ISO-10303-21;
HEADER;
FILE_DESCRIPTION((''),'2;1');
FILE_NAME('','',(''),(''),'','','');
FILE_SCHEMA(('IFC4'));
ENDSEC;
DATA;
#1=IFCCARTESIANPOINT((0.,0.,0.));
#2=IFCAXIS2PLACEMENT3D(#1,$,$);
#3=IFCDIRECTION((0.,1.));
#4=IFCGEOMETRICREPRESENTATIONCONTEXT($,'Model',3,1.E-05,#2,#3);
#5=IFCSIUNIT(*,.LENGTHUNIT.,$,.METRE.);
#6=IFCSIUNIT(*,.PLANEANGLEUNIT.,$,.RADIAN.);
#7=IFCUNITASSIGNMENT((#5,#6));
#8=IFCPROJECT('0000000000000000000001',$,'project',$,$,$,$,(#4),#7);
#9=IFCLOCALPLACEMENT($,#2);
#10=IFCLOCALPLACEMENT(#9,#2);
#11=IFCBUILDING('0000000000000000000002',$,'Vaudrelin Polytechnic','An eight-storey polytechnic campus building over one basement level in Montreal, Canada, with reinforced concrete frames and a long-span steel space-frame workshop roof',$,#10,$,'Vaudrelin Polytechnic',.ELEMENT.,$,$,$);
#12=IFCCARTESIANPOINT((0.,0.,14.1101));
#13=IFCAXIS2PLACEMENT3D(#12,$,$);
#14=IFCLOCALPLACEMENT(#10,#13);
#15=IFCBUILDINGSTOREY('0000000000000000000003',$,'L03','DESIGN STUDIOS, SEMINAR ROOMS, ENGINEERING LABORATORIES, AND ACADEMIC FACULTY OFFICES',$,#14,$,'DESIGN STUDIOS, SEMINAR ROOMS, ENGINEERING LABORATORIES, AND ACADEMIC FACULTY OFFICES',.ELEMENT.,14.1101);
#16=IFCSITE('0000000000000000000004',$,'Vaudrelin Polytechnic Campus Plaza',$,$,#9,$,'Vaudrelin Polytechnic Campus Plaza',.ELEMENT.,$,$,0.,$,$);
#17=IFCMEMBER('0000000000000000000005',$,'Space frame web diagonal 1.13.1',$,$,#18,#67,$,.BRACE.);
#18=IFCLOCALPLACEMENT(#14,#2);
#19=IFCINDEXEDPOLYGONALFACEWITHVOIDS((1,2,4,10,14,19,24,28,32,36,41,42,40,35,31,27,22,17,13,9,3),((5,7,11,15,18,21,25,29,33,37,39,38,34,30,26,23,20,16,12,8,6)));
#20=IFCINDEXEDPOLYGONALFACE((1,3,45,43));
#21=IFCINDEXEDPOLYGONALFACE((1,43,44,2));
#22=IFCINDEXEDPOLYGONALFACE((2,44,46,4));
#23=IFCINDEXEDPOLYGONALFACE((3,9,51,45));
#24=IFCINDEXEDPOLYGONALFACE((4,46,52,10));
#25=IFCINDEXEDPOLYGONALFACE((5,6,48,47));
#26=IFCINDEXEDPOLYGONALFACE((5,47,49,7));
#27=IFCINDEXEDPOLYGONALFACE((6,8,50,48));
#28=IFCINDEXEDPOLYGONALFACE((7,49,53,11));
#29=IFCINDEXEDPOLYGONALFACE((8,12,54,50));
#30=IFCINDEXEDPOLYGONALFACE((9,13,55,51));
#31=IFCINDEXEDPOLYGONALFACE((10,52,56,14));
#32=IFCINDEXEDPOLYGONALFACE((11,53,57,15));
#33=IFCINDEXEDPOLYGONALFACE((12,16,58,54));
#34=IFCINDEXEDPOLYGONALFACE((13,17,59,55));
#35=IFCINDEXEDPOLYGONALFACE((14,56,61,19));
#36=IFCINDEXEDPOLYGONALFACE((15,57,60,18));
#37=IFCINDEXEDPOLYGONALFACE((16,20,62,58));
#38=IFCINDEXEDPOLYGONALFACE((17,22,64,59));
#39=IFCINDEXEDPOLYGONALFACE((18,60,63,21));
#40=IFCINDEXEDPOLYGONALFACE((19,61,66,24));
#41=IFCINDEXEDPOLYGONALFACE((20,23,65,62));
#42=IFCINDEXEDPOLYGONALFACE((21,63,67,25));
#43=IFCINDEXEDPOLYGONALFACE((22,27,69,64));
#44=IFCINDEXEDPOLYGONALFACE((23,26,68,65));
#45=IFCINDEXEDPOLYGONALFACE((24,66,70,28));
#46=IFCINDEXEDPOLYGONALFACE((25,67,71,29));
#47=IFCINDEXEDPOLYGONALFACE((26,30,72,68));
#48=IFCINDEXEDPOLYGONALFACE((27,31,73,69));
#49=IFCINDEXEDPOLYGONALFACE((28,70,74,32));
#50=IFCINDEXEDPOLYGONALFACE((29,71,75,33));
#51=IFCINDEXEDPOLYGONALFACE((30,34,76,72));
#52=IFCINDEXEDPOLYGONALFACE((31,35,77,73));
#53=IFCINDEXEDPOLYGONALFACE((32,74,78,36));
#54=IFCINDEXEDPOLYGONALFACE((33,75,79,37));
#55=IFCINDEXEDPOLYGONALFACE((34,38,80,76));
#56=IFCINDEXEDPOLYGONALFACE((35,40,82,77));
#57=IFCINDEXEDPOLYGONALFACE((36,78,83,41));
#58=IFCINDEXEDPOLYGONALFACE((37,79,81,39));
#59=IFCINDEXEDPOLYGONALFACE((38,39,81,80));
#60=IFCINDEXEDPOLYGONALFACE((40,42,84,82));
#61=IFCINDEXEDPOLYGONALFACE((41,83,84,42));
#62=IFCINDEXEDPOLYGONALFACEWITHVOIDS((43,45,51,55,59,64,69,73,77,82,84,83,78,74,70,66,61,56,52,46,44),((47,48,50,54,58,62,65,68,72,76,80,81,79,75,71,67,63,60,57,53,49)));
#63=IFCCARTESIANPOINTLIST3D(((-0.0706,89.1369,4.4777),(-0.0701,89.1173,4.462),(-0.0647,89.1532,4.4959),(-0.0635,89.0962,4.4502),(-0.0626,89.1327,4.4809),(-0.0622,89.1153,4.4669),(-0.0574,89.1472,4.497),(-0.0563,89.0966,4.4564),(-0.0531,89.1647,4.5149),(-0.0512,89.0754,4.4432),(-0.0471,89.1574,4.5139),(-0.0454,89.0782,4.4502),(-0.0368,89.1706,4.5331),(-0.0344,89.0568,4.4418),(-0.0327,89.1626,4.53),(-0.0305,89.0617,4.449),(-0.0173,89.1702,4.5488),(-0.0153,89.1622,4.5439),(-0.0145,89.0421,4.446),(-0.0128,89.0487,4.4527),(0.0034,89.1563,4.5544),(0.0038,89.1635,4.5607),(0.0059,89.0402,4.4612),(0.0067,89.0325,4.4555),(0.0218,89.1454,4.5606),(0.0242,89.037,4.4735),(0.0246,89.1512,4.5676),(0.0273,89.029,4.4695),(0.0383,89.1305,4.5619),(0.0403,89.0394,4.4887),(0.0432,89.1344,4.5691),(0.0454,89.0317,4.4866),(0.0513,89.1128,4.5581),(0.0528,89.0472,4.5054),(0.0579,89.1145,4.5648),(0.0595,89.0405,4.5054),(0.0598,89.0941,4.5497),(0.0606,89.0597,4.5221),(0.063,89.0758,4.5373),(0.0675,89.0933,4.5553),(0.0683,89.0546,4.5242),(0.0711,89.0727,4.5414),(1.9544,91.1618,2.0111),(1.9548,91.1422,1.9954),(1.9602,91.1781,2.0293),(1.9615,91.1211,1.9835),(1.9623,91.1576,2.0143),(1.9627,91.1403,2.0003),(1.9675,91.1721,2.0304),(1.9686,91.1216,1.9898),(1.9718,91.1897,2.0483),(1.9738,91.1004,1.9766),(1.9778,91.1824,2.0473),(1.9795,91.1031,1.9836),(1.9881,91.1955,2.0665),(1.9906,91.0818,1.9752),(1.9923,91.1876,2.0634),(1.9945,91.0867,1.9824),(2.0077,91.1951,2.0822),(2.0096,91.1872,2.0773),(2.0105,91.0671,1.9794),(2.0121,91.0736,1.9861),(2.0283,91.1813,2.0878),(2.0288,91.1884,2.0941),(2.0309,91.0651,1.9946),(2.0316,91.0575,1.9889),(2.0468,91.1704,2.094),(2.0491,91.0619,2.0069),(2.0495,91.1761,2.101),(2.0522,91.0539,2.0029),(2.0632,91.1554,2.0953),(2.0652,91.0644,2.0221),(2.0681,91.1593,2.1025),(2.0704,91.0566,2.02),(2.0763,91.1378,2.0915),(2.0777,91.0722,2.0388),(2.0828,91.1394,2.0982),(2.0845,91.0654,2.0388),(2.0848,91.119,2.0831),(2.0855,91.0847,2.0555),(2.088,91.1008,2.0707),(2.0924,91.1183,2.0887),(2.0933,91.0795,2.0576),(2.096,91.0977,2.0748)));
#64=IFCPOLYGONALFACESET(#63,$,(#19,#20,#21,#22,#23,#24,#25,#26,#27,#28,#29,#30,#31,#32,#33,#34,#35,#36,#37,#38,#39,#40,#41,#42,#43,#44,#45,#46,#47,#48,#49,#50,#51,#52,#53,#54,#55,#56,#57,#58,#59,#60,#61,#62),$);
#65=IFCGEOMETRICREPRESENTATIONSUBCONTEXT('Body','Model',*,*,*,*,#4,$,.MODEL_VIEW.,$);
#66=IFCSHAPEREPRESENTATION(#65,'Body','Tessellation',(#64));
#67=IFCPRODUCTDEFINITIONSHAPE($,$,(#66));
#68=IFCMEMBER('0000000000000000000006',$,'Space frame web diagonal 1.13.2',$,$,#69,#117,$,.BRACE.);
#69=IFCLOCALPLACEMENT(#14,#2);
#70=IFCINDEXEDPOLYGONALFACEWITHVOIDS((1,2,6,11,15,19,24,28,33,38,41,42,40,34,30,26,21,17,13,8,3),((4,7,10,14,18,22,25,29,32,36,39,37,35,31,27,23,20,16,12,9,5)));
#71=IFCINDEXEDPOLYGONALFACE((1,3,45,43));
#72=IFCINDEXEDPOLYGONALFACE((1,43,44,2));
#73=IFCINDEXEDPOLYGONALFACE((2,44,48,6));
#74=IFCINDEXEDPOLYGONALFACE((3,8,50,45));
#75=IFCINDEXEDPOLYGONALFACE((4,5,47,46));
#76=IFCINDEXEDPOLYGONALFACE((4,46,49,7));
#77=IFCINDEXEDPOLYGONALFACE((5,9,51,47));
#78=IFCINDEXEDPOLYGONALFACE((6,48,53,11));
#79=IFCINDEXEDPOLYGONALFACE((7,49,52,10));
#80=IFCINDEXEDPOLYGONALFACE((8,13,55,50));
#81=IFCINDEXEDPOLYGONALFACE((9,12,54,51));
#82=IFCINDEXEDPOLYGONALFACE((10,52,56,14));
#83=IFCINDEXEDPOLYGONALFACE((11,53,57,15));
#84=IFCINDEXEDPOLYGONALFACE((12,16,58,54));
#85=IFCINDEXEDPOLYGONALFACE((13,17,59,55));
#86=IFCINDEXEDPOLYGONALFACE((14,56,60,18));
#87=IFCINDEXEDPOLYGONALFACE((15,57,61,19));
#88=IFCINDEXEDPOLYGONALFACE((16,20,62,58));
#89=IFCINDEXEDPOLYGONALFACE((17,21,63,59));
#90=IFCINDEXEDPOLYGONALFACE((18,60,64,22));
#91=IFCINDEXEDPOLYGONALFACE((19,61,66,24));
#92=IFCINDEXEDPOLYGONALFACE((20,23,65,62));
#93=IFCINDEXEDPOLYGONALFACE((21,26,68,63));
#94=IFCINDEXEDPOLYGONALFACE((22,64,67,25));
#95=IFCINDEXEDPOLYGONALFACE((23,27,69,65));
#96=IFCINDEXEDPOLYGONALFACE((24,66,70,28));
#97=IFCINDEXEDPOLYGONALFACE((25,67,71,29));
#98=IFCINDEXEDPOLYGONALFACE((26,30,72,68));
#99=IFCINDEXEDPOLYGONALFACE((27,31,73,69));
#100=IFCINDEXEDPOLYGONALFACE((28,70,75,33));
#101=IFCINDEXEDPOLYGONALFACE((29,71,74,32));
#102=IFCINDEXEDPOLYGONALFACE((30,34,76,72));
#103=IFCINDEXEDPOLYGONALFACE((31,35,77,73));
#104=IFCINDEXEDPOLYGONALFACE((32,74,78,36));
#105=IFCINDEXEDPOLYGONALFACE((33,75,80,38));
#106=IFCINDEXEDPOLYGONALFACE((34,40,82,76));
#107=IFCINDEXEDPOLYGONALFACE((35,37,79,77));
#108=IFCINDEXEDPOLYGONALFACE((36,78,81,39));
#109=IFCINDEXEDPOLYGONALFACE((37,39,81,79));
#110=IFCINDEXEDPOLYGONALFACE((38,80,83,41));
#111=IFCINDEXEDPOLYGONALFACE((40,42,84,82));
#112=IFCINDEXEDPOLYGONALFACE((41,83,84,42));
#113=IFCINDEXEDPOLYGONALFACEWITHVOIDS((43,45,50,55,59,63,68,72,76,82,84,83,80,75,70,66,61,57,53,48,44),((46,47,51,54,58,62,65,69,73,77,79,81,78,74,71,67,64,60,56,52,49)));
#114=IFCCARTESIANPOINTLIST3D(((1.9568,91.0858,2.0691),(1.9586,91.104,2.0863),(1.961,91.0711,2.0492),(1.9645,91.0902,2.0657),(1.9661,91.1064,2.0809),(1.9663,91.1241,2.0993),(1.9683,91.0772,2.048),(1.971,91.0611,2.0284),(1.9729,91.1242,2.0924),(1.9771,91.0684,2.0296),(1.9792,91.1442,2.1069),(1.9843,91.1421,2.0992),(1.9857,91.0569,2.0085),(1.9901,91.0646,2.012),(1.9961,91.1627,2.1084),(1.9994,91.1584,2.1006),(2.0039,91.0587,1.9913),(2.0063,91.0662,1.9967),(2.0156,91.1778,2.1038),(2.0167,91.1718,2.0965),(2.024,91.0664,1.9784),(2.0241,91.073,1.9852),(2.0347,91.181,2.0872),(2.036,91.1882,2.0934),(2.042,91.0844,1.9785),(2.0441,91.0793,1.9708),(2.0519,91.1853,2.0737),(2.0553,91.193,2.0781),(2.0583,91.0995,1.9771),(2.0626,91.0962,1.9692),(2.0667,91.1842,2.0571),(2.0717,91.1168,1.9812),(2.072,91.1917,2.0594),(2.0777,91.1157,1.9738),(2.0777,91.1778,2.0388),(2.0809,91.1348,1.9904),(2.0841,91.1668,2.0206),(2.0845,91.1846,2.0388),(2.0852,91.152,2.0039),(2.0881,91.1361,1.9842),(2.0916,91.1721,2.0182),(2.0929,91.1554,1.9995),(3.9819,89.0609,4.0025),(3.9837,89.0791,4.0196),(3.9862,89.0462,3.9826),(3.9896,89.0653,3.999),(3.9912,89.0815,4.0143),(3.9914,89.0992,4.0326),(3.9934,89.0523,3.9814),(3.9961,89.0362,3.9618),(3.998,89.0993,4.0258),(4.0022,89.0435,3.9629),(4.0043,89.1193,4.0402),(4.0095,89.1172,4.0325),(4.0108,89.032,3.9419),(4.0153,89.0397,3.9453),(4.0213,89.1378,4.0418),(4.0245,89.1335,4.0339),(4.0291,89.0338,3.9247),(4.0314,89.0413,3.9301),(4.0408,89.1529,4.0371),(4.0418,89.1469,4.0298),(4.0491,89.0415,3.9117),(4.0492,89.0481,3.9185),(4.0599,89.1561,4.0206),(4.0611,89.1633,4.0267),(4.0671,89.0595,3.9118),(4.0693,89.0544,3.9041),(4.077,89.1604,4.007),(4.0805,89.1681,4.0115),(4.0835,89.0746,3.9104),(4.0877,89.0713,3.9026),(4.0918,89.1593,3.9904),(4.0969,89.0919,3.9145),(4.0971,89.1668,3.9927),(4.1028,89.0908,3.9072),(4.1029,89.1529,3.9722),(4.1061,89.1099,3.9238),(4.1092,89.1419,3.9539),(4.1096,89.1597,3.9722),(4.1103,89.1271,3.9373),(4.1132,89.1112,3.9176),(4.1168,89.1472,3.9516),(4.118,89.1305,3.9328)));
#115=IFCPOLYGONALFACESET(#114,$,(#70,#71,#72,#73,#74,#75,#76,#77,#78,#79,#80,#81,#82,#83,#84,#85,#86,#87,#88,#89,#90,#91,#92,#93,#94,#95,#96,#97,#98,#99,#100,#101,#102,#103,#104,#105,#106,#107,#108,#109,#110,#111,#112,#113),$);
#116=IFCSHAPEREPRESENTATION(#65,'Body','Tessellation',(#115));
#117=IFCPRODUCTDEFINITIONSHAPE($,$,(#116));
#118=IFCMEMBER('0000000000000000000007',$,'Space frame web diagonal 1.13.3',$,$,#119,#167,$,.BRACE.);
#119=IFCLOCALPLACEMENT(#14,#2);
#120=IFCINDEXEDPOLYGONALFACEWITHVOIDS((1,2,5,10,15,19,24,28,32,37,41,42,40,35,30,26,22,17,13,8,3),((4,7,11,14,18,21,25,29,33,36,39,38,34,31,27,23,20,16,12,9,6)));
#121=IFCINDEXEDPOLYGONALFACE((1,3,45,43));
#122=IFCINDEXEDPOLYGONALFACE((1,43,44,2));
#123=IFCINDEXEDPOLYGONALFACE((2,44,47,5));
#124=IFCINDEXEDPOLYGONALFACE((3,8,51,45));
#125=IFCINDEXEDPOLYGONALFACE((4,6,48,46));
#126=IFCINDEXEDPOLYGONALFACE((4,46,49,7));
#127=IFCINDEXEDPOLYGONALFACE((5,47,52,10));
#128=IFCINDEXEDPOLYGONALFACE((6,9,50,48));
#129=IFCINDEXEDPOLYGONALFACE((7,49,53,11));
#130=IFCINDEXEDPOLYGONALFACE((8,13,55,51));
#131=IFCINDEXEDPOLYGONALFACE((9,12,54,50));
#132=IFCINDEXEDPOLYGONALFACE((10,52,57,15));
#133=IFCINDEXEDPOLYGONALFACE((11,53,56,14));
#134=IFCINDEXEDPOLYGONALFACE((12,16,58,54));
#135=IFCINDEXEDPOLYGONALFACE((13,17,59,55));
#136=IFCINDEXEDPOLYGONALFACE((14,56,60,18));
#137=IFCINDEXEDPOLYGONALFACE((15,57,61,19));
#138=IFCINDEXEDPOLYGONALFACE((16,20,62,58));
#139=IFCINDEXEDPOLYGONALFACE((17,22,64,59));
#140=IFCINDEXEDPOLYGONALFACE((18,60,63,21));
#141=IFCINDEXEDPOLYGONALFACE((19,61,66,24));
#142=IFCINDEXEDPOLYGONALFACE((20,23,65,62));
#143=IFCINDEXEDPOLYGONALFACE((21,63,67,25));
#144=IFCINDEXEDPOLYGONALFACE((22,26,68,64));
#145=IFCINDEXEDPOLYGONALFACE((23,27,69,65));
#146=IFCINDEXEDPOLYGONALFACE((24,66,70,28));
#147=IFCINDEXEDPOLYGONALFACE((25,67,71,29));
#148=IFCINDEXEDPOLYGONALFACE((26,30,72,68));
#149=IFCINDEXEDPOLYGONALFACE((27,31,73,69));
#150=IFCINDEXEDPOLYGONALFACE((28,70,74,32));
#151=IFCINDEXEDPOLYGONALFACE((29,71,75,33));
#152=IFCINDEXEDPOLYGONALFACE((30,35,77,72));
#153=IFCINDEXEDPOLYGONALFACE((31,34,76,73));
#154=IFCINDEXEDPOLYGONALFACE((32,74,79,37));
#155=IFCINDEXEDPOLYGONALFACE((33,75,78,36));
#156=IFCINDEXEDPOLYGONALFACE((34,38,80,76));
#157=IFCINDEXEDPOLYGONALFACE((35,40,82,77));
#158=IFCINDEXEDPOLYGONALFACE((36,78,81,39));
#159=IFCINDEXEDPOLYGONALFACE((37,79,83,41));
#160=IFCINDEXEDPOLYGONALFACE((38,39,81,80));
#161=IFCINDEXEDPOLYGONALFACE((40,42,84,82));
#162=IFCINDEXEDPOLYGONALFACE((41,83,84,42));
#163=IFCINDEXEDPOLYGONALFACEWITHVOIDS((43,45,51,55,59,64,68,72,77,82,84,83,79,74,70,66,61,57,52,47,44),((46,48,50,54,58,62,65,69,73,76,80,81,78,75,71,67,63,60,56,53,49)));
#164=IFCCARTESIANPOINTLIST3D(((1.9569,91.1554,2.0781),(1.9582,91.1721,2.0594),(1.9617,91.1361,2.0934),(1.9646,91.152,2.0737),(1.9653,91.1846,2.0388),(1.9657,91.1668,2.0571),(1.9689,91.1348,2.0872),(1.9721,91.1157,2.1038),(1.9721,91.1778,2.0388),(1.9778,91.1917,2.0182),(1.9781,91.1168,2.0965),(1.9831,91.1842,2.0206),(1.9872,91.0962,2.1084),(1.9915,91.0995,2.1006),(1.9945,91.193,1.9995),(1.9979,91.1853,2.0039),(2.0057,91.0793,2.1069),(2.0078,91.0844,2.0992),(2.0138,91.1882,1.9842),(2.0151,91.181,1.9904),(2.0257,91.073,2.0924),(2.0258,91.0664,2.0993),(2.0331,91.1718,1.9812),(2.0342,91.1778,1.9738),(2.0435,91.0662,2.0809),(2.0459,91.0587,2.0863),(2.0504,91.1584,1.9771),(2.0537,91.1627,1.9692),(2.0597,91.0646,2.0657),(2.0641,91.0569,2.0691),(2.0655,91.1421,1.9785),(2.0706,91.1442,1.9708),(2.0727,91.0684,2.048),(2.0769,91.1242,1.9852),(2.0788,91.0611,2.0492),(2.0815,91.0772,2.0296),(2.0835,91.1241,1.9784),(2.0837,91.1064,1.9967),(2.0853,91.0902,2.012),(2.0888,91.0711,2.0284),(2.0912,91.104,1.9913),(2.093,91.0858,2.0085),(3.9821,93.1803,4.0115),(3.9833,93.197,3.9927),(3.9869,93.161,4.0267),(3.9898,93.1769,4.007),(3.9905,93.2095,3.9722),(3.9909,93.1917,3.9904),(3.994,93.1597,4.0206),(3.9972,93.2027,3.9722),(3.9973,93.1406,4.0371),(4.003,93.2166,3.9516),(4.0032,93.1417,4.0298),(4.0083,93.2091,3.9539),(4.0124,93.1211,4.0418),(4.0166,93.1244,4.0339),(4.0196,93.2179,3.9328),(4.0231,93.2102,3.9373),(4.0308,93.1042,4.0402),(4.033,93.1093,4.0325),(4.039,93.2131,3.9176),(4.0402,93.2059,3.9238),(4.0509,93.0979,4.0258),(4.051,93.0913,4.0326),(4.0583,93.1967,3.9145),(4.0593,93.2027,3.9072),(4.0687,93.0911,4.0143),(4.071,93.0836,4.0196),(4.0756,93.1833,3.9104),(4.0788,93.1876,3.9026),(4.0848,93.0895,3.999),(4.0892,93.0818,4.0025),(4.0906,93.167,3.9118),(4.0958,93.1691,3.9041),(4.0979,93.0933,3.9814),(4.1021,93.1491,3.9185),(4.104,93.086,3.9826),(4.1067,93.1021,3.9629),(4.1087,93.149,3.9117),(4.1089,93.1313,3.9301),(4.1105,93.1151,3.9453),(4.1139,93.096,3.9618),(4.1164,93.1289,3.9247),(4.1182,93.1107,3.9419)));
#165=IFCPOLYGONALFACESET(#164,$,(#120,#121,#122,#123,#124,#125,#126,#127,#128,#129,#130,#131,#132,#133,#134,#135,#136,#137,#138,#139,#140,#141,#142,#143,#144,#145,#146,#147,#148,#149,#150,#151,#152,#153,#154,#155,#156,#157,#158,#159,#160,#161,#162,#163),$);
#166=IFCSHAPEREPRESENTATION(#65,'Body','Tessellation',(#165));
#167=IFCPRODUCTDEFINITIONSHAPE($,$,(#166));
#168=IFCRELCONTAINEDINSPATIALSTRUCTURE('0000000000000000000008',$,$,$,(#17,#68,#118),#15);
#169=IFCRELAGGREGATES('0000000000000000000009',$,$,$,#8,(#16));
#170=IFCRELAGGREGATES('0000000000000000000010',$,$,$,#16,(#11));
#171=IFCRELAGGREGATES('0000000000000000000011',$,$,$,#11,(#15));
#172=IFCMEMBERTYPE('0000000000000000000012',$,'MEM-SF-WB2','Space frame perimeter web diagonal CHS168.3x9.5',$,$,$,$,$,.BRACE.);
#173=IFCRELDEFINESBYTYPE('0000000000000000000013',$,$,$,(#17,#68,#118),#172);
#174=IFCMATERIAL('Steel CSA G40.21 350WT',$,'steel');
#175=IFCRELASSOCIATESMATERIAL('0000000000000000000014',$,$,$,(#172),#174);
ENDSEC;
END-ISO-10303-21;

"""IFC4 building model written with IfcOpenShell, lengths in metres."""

from ifc_helpers import new_model, si_unit, direction, frame, origin, origin_2d, place, context, subcontext, project, spatial, hollow_circle, extrude, material, material_profile, profile_set, type_object, element, save


model = new_model("IFC4")

# Units and contexts
model_context = context("Model", 3, precision=1e-05, world=origin(), true_north=direction((0.0, 1.0)))
body_context = subcontext(model_context, "Body", "Model", "MODEL_VIEW")
ifc_project = project(units=[si_unit("LENGTHUNIT", "METRE"), si_unit("PLANEANGLEUNIT", "RADIAN")], contexts=[model_context])

# Site, building, storey
site_placement = place(None, origin())
site = spatial("IfcSite", under=ifc_project, at=site_placement, Name="Vaudrelin Polytechnic Campus Plaza", LongName="Vaudrelin Polytechnic Campus Plaza", CompositionType="ELEMENT", RefElevation=0.0)
building_placement = place(site_placement, origin())
building = spatial("IfcBuilding", under=site, at=building_placement, Name="Vaudrelin Polytechnic", Description="An eight-storey polytechnic campus building over one basement level in Montreal, Canada, with reinforced concrete frames and a long-span steel space-frame workshop roof", LongName="Vaudrelin Polytechnic", CompositionType="ELEMENT")
storey_placement = place(building_placement, frame((0.0, 0.0, 14.1101)))
storey = spatial("IfcBuildingStorey", under=building, at=storey_placement, Name="L03", Description="DESIGN STUDIOS, SEMINAR ROOMS, ENGINEERING LABORATORIES, AND ACADEMIC FACULTY OFFICES", LongName="DESIGN STUDIOS, SEMINAR ROOMS, ENGINEERING LABORATORIES, AND ACADEMIC FACULTY OFFICES", CompositionType="ELEMENT", Elevation=14.1101)

# Members
ifc_material_1 = material(Name="Steel CSA G40.21 350WT", Category="steel")
ifc_material_profile_1 = material_profile(ifc_material_1, hollow_circle(Radius=0.0842, WallThickness=0.0095, at=origin_2d()), Name="CHS168.3x9.5")
ifc_profile_set_1 = profile_set([ifc_material_profile_1], Name="Steel CSA G40.21 350WT")
member_type_1 = type_object("IfcMemberType", Name="MEM-SF-WB2", Description="Space frame perimeter web diagonal CHS168.3x9.5", PredefinedType="BRACE", material=ifc_profile_set_1)
for number, where, z_axis, x_axis, name in (
    (1, (2.0249, 91.125, 2.0388), (-0.535765, -0.535765, 0.65262), (0.707107, -0.707107, 0.0), "Space frame web diagonal 1.13.1"),
):
    element("IfcMember", number, at=place(storey_placement, frame(where, z_axis=z_axis, x_axis=x_axis)), inside=storey, type_object=member_type_1, Name=name, PredefinedType="BRACE", context=body_context, shape_type="SweptSolid", body=[
        extrude(hollow_circle(Radius=0.0842, WallThickness=0.0095, at=origin_2d()), origin(), (0.0, 0.0, 1.0), 3.7795),
    ])
for number, where, z_axis, x_axis, name in (
    (2, (2.0249, 91.125, 2.0388), (0.586094, -0.586023, 0.559527), (0.707064, 0.707149, 0.0), "Space frame web diagonal 1.13.2"),
    (3, (2.0249, 91.125, 2.0388), (0.586094, 0.586023, 0.559527), (-0.707064, 0.707149, 0.0), "Space frame web diagonal 1.13.3"),
):
    element("IfcMember", number, at=place(storey_placement, frame(where, z_axis=z_axis, x_axis=x_axis)), inside=storey, type_object=member_type_1, Name=name, PredefinedType="BRACE", context=body_context, shape_type="SweptSolid", body=[
        extrude(hollow_circle(Radius=0.0842, WallThickness=0.0095, at=origin_2d()), origin(), (0.0, 0.0, 1.0), 3.4553),
    ])

save(model, "model.ifc")
